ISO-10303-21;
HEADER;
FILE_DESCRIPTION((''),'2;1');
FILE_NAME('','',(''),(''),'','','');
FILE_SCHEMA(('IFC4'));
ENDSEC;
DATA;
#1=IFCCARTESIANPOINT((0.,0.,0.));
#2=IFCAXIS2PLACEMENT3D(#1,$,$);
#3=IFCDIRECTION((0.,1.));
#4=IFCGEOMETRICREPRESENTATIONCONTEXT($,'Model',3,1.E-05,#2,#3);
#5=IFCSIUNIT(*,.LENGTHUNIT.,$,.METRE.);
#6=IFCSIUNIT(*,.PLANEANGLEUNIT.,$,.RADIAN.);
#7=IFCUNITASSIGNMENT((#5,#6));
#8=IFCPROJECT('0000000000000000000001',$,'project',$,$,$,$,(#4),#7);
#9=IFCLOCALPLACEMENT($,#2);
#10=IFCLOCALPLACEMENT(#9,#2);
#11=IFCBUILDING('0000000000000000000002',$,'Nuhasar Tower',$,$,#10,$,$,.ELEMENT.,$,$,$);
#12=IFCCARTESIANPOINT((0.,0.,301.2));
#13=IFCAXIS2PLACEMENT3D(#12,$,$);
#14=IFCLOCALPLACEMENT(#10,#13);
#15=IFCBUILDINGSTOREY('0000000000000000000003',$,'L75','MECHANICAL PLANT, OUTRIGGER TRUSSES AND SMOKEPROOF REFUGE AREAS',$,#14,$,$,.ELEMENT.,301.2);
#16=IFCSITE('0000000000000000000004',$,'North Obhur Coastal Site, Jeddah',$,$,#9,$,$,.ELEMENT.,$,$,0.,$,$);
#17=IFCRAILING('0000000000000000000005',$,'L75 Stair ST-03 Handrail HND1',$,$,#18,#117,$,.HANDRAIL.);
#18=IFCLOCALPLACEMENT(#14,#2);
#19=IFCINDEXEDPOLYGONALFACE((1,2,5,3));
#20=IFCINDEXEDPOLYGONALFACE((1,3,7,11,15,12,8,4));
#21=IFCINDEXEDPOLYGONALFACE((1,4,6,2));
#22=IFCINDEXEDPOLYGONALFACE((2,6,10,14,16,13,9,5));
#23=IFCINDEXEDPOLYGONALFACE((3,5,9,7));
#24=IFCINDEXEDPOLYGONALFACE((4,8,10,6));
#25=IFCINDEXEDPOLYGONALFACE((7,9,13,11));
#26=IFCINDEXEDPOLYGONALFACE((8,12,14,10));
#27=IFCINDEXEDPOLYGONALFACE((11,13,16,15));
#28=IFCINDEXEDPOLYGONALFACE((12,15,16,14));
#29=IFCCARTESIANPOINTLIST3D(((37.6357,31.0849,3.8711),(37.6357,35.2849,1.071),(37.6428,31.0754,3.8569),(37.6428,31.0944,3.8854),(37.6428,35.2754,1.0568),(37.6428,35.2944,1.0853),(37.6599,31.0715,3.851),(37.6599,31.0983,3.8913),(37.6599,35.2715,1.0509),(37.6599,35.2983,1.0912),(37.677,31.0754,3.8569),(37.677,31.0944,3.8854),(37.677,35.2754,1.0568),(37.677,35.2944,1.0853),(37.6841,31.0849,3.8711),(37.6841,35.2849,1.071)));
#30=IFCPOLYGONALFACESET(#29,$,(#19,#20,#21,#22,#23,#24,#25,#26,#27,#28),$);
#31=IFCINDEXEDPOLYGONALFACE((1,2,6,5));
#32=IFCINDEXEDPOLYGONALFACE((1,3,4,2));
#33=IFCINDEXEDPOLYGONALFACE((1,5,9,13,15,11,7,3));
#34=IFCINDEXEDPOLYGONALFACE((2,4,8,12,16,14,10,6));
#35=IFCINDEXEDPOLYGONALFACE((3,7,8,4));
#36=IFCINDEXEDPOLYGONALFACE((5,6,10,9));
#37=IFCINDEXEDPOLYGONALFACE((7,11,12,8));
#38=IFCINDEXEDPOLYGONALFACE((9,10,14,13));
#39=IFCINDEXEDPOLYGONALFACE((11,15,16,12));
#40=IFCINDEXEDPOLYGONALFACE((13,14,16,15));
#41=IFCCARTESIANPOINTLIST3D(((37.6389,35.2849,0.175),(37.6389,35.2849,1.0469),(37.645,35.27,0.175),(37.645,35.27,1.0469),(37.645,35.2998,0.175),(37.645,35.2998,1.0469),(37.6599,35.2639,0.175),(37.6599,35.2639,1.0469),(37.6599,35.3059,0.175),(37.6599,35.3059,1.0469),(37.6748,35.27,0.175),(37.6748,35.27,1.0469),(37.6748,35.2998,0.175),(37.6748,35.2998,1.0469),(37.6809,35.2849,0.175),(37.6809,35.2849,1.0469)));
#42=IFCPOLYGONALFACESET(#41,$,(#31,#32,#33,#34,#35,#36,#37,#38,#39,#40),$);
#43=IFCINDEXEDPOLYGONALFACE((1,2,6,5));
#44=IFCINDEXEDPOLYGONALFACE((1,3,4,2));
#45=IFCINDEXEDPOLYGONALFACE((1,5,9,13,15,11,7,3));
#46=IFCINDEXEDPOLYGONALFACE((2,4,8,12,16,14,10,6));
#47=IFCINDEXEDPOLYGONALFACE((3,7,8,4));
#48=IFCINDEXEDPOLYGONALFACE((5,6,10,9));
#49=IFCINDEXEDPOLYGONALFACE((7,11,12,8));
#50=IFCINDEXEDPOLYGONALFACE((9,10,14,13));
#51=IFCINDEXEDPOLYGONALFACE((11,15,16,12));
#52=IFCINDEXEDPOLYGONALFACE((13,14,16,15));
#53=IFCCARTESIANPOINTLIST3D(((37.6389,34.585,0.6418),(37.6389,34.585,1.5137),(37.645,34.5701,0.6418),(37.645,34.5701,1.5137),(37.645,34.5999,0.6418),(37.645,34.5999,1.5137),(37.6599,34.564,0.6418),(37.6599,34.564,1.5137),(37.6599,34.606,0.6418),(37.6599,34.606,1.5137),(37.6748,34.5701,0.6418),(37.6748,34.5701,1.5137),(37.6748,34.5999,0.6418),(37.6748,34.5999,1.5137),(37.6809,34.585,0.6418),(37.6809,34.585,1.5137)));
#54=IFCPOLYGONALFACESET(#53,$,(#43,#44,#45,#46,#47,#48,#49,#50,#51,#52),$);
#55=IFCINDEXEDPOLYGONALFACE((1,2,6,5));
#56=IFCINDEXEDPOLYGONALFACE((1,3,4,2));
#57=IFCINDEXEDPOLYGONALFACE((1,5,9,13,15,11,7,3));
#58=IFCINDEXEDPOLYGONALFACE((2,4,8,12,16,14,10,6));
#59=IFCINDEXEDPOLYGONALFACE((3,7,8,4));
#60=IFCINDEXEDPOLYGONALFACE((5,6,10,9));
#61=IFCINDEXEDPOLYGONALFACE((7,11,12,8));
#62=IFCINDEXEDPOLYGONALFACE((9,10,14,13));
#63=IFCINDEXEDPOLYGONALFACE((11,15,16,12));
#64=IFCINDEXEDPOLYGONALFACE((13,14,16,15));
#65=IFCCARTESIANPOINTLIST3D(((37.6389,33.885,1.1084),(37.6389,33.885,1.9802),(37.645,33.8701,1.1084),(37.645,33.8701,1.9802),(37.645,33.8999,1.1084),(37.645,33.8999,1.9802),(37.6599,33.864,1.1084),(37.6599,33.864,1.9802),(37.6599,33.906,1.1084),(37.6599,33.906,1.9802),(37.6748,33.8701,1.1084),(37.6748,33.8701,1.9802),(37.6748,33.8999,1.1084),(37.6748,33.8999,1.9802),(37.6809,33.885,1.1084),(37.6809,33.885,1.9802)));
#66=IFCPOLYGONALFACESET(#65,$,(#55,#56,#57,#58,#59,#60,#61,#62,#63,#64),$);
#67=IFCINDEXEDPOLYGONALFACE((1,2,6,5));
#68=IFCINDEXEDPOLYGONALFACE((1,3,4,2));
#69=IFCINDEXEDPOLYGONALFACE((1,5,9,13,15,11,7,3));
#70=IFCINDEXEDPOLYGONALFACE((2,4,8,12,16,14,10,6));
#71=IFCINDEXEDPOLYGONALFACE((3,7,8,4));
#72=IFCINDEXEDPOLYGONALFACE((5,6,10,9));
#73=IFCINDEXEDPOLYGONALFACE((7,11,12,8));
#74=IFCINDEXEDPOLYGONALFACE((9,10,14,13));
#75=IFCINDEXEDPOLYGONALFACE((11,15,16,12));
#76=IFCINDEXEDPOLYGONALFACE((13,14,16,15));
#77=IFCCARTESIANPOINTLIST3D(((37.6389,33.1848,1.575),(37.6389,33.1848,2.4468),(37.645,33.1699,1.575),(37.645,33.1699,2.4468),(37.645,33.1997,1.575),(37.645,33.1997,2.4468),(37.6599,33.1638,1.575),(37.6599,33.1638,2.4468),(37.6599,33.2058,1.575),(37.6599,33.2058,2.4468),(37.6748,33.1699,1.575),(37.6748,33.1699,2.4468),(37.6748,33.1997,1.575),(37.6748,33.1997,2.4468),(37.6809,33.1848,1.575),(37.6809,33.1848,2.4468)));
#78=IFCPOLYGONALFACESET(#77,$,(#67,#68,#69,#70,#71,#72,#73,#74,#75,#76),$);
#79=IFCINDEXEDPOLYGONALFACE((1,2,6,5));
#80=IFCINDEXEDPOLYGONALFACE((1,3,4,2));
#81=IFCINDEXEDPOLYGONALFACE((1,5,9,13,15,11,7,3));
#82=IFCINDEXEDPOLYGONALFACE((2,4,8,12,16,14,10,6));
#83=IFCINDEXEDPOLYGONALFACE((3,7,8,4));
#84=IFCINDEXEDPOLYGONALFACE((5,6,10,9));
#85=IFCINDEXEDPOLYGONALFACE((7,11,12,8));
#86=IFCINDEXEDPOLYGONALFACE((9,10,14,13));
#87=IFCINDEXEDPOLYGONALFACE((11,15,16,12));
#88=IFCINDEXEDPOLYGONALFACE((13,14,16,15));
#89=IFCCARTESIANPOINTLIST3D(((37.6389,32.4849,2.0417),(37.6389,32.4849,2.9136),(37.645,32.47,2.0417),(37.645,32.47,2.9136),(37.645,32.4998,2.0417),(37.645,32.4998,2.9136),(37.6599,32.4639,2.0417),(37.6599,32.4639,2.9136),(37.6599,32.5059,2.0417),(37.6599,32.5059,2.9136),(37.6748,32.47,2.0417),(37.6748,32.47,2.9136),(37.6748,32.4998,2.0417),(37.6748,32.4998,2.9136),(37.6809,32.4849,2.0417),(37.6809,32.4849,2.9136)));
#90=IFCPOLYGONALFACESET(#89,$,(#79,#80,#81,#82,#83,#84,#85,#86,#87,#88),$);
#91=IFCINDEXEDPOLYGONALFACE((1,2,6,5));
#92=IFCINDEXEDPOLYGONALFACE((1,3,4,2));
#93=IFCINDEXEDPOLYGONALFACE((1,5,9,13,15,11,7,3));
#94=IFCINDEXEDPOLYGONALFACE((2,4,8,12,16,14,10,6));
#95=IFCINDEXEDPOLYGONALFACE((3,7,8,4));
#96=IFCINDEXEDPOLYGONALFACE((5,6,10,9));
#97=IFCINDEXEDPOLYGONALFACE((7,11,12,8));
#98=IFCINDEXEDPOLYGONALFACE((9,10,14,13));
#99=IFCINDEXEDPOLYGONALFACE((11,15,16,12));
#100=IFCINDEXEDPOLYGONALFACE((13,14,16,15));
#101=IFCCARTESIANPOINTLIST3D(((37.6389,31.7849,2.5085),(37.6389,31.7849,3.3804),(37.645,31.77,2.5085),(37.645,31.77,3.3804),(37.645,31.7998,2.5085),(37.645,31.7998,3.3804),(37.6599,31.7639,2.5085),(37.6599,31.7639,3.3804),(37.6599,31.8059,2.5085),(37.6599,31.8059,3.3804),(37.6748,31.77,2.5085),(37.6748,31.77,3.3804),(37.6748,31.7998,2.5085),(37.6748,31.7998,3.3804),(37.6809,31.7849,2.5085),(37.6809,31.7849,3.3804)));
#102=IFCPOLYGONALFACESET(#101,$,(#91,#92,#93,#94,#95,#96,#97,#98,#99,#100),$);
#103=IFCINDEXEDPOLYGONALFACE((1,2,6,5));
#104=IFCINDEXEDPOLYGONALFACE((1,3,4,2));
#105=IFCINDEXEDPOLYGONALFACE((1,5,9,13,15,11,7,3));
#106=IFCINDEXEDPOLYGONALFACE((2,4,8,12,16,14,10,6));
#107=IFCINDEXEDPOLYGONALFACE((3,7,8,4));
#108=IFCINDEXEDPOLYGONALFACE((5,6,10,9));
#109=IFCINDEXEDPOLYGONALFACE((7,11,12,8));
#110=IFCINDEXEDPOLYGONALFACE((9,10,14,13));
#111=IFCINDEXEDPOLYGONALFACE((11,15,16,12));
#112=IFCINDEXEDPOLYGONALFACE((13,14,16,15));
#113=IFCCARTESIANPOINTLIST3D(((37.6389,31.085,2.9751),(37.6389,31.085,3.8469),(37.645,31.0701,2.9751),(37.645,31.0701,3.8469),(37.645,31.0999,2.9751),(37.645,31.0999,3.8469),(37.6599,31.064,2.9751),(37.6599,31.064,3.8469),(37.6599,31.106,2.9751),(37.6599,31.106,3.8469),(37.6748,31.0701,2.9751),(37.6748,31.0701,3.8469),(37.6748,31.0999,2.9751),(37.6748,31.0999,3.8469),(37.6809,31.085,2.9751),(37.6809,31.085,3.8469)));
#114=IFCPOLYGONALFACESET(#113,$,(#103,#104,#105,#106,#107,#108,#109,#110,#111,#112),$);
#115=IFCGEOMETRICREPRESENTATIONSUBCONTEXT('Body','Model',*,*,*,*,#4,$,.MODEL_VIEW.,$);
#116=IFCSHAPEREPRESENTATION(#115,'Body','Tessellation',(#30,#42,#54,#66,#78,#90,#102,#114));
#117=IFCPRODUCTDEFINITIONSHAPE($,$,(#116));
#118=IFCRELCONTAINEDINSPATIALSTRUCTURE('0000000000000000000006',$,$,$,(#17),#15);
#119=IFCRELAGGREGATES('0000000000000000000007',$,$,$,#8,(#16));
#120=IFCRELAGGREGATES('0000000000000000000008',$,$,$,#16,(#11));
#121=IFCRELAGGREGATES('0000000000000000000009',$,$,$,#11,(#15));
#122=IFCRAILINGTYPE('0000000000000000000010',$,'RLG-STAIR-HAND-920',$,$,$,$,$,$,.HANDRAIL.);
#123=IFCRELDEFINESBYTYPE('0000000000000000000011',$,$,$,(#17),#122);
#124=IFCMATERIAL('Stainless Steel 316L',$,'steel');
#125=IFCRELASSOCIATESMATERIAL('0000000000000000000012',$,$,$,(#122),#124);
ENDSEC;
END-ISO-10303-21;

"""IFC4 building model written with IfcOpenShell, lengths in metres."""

from ifc_helpers import new_model, si_unit, direction, frame, origin, place, context, subcontext, project, spatial, polyline, outline, extrude, material, type_object, element, save


model = new_model("IFC4")

# Units and contexts
model_context = context("Model", 3, precision=1e-05, world=origin(), true_north=direction((0.0, 1.0)))
body_context = subcontext(model_context, "Body", "Model", "MODEL_VIEW")
ifc_project = project(units=[si_unit("LENGTHUNIT", "METRE"), si_unit("PLANEANGLEUNIT", "RADIAN")], contexts=[model_context])

# Site, building, storey
site_placement = place(None, origin())
site = spatial("IfcSite", under=ifc_project, at=site_placement, Name="North Obhur Coastal Site, Jeddah", CompositionType="ELEMENT", RefElevation=0.0)
building_placement = place(site_placement, origin())
building = spatial("IfcBuilding", under=site, at=building_placement, Name="Nuhasar Tower", CompositionType="ELEMENT")
storey_placement = place(building_placement, frame((0.0, 0.0, 301.2)))
storey = spatial("IfcBuildingStorey", under=building, at=storey_placement, Name="L75", Description="MECHANICAL PLANT, OUTRIGGER TRUSSES AND SMOKEPROOF REFUGE AREAS", CompositionType="ELEMENT", Elevation=301.2)

# Railing
ifc_material_1 = material(Name="Stainless Steel 316L", Category="steel")
railing_type_1 = type_object("IfcRailingType", Name="RLG-STAIR-HAND-920", PredefinedType="HANDRAIL", material=ifc_material_1)
railing_1_placement = place(storey_placement, frame((37.6599, 35.2849, 0.175)))
element("IfcRailing", 1, at=railing_1_placement, inside=storey, type_object=railing_type_1, Name="L75 Stair ST-03 Handrail HND1", PredefinedType="HANDRAIL", context=body_context, shape_type="SweptSolid", body=[
    extrude(outline(polyline([(0.0242, 0.0), (0.0171, 0.0171), (0.0, 0.0242), (-0.0171, 0.0171), (-0.0242, 0.0), (-0.0171, -0.0171), (0.0, -0.0242), (0.0171, -0.0171), (0.0242, 0.0)])), frame((0.0, 0.0, 0.896), z_axis=(0.0, -0.832043, 0.554711), x_axis=(1.0, 0.0, 0.0)), (0.0, 0.0, 1.0), 5.0479),
    extrude(outline(polyline([(0.021, 0.0), (0.0149, 0.0149), (0.0, 0.021), (-0.0149, 0.0149), (-0.021, 0.0), (-0.0149, -0.0149), (0.0, -0.021), (0.0149, -0.0149), (0.021, 0.0)])), origin(), (0.0, 0.0, 1.0), 0.8718),
    extrude(outline(polyline([(0.021, 0.0), (0.0149, 0.0149), (0.0, 0.021), (-0.0149, 0.0149), (-0.021, 0.0), (-0.0149, -0.0149), (0.0, -0.021), (0.0149, -0.0149), (0.021, 0.0)])), frame((0.0, -0.7, 0.4668)), (0.0, 0.0, 1.0), 0.8718),
    extrude(outline(polyline([(0.021, 0.0), (0.0149, 0.0149), (0.0, 0.021), (-0.0149, 0.0149), (-0.021, 0.0), (-0.0149, -0.0149), (0.0, -0.021), (0.0149, -0.0149), (0.021, 0.0)])), frame((0.0, -1.3999, 0.9333)), (0.0, 0.0, 1.0), 0.8718),
    extrude(outline(polyline([(0.021, 0.0), (0.0149, 0.0149), (0.0, 0.021), (-0.0149, 0.0149), (-0.021, 0.0), (-0.0149, -0.0149), (0.0, -0.021), (0.0149, -0.0149), (0.021, 0.0)])), frame((0.0, -2.1001, 1.3999)), (0.0, 0.0, 1.0), 0.8718),
    extrude(outline(polyline([(0.021, 0.0), (0.0149, 0.0149), (0.0, 0.021), (-0.0149, 0.0149), (-0.021, 0.0), (-0.0149, -0.0149), (0.0, -0.021), (0.0149, -0.0149), (0.021, 0.0)])), frame((0.0, -2.8, 1.8667)), (0.0, 0.0, 1.0), 0.8718),
    extrude(outline(polyline([(0.021, 0.0), (0.0149, 0.0149), (0.0, 0.021), (-0.0149, 0.0149), (-0.021, 0.0), (-0.0149, -0.0149), (0.0, -0.021), (0.0149, -0.0149), (0.021, 0.0)])), frame((0.0, -3.5, 2.3335)), (0.0, 0.0, 1.0), 0.8718),
    extrude(outline(polyline([(0.021, 0.0), (0.0149, 0.0149), (0.0, 0.021), (-0.0149, 0.0149), (-0.021, 0.0), (-0.0149, -0.0149), (0.0, -0.021), (0.0149, -0.0149), (0.021, 0.0)])), frame((0.0, -4.2, 2.8)), (0.0, 0.0, 1.0), 0.8718),
])

save(model, "model.ifc")
